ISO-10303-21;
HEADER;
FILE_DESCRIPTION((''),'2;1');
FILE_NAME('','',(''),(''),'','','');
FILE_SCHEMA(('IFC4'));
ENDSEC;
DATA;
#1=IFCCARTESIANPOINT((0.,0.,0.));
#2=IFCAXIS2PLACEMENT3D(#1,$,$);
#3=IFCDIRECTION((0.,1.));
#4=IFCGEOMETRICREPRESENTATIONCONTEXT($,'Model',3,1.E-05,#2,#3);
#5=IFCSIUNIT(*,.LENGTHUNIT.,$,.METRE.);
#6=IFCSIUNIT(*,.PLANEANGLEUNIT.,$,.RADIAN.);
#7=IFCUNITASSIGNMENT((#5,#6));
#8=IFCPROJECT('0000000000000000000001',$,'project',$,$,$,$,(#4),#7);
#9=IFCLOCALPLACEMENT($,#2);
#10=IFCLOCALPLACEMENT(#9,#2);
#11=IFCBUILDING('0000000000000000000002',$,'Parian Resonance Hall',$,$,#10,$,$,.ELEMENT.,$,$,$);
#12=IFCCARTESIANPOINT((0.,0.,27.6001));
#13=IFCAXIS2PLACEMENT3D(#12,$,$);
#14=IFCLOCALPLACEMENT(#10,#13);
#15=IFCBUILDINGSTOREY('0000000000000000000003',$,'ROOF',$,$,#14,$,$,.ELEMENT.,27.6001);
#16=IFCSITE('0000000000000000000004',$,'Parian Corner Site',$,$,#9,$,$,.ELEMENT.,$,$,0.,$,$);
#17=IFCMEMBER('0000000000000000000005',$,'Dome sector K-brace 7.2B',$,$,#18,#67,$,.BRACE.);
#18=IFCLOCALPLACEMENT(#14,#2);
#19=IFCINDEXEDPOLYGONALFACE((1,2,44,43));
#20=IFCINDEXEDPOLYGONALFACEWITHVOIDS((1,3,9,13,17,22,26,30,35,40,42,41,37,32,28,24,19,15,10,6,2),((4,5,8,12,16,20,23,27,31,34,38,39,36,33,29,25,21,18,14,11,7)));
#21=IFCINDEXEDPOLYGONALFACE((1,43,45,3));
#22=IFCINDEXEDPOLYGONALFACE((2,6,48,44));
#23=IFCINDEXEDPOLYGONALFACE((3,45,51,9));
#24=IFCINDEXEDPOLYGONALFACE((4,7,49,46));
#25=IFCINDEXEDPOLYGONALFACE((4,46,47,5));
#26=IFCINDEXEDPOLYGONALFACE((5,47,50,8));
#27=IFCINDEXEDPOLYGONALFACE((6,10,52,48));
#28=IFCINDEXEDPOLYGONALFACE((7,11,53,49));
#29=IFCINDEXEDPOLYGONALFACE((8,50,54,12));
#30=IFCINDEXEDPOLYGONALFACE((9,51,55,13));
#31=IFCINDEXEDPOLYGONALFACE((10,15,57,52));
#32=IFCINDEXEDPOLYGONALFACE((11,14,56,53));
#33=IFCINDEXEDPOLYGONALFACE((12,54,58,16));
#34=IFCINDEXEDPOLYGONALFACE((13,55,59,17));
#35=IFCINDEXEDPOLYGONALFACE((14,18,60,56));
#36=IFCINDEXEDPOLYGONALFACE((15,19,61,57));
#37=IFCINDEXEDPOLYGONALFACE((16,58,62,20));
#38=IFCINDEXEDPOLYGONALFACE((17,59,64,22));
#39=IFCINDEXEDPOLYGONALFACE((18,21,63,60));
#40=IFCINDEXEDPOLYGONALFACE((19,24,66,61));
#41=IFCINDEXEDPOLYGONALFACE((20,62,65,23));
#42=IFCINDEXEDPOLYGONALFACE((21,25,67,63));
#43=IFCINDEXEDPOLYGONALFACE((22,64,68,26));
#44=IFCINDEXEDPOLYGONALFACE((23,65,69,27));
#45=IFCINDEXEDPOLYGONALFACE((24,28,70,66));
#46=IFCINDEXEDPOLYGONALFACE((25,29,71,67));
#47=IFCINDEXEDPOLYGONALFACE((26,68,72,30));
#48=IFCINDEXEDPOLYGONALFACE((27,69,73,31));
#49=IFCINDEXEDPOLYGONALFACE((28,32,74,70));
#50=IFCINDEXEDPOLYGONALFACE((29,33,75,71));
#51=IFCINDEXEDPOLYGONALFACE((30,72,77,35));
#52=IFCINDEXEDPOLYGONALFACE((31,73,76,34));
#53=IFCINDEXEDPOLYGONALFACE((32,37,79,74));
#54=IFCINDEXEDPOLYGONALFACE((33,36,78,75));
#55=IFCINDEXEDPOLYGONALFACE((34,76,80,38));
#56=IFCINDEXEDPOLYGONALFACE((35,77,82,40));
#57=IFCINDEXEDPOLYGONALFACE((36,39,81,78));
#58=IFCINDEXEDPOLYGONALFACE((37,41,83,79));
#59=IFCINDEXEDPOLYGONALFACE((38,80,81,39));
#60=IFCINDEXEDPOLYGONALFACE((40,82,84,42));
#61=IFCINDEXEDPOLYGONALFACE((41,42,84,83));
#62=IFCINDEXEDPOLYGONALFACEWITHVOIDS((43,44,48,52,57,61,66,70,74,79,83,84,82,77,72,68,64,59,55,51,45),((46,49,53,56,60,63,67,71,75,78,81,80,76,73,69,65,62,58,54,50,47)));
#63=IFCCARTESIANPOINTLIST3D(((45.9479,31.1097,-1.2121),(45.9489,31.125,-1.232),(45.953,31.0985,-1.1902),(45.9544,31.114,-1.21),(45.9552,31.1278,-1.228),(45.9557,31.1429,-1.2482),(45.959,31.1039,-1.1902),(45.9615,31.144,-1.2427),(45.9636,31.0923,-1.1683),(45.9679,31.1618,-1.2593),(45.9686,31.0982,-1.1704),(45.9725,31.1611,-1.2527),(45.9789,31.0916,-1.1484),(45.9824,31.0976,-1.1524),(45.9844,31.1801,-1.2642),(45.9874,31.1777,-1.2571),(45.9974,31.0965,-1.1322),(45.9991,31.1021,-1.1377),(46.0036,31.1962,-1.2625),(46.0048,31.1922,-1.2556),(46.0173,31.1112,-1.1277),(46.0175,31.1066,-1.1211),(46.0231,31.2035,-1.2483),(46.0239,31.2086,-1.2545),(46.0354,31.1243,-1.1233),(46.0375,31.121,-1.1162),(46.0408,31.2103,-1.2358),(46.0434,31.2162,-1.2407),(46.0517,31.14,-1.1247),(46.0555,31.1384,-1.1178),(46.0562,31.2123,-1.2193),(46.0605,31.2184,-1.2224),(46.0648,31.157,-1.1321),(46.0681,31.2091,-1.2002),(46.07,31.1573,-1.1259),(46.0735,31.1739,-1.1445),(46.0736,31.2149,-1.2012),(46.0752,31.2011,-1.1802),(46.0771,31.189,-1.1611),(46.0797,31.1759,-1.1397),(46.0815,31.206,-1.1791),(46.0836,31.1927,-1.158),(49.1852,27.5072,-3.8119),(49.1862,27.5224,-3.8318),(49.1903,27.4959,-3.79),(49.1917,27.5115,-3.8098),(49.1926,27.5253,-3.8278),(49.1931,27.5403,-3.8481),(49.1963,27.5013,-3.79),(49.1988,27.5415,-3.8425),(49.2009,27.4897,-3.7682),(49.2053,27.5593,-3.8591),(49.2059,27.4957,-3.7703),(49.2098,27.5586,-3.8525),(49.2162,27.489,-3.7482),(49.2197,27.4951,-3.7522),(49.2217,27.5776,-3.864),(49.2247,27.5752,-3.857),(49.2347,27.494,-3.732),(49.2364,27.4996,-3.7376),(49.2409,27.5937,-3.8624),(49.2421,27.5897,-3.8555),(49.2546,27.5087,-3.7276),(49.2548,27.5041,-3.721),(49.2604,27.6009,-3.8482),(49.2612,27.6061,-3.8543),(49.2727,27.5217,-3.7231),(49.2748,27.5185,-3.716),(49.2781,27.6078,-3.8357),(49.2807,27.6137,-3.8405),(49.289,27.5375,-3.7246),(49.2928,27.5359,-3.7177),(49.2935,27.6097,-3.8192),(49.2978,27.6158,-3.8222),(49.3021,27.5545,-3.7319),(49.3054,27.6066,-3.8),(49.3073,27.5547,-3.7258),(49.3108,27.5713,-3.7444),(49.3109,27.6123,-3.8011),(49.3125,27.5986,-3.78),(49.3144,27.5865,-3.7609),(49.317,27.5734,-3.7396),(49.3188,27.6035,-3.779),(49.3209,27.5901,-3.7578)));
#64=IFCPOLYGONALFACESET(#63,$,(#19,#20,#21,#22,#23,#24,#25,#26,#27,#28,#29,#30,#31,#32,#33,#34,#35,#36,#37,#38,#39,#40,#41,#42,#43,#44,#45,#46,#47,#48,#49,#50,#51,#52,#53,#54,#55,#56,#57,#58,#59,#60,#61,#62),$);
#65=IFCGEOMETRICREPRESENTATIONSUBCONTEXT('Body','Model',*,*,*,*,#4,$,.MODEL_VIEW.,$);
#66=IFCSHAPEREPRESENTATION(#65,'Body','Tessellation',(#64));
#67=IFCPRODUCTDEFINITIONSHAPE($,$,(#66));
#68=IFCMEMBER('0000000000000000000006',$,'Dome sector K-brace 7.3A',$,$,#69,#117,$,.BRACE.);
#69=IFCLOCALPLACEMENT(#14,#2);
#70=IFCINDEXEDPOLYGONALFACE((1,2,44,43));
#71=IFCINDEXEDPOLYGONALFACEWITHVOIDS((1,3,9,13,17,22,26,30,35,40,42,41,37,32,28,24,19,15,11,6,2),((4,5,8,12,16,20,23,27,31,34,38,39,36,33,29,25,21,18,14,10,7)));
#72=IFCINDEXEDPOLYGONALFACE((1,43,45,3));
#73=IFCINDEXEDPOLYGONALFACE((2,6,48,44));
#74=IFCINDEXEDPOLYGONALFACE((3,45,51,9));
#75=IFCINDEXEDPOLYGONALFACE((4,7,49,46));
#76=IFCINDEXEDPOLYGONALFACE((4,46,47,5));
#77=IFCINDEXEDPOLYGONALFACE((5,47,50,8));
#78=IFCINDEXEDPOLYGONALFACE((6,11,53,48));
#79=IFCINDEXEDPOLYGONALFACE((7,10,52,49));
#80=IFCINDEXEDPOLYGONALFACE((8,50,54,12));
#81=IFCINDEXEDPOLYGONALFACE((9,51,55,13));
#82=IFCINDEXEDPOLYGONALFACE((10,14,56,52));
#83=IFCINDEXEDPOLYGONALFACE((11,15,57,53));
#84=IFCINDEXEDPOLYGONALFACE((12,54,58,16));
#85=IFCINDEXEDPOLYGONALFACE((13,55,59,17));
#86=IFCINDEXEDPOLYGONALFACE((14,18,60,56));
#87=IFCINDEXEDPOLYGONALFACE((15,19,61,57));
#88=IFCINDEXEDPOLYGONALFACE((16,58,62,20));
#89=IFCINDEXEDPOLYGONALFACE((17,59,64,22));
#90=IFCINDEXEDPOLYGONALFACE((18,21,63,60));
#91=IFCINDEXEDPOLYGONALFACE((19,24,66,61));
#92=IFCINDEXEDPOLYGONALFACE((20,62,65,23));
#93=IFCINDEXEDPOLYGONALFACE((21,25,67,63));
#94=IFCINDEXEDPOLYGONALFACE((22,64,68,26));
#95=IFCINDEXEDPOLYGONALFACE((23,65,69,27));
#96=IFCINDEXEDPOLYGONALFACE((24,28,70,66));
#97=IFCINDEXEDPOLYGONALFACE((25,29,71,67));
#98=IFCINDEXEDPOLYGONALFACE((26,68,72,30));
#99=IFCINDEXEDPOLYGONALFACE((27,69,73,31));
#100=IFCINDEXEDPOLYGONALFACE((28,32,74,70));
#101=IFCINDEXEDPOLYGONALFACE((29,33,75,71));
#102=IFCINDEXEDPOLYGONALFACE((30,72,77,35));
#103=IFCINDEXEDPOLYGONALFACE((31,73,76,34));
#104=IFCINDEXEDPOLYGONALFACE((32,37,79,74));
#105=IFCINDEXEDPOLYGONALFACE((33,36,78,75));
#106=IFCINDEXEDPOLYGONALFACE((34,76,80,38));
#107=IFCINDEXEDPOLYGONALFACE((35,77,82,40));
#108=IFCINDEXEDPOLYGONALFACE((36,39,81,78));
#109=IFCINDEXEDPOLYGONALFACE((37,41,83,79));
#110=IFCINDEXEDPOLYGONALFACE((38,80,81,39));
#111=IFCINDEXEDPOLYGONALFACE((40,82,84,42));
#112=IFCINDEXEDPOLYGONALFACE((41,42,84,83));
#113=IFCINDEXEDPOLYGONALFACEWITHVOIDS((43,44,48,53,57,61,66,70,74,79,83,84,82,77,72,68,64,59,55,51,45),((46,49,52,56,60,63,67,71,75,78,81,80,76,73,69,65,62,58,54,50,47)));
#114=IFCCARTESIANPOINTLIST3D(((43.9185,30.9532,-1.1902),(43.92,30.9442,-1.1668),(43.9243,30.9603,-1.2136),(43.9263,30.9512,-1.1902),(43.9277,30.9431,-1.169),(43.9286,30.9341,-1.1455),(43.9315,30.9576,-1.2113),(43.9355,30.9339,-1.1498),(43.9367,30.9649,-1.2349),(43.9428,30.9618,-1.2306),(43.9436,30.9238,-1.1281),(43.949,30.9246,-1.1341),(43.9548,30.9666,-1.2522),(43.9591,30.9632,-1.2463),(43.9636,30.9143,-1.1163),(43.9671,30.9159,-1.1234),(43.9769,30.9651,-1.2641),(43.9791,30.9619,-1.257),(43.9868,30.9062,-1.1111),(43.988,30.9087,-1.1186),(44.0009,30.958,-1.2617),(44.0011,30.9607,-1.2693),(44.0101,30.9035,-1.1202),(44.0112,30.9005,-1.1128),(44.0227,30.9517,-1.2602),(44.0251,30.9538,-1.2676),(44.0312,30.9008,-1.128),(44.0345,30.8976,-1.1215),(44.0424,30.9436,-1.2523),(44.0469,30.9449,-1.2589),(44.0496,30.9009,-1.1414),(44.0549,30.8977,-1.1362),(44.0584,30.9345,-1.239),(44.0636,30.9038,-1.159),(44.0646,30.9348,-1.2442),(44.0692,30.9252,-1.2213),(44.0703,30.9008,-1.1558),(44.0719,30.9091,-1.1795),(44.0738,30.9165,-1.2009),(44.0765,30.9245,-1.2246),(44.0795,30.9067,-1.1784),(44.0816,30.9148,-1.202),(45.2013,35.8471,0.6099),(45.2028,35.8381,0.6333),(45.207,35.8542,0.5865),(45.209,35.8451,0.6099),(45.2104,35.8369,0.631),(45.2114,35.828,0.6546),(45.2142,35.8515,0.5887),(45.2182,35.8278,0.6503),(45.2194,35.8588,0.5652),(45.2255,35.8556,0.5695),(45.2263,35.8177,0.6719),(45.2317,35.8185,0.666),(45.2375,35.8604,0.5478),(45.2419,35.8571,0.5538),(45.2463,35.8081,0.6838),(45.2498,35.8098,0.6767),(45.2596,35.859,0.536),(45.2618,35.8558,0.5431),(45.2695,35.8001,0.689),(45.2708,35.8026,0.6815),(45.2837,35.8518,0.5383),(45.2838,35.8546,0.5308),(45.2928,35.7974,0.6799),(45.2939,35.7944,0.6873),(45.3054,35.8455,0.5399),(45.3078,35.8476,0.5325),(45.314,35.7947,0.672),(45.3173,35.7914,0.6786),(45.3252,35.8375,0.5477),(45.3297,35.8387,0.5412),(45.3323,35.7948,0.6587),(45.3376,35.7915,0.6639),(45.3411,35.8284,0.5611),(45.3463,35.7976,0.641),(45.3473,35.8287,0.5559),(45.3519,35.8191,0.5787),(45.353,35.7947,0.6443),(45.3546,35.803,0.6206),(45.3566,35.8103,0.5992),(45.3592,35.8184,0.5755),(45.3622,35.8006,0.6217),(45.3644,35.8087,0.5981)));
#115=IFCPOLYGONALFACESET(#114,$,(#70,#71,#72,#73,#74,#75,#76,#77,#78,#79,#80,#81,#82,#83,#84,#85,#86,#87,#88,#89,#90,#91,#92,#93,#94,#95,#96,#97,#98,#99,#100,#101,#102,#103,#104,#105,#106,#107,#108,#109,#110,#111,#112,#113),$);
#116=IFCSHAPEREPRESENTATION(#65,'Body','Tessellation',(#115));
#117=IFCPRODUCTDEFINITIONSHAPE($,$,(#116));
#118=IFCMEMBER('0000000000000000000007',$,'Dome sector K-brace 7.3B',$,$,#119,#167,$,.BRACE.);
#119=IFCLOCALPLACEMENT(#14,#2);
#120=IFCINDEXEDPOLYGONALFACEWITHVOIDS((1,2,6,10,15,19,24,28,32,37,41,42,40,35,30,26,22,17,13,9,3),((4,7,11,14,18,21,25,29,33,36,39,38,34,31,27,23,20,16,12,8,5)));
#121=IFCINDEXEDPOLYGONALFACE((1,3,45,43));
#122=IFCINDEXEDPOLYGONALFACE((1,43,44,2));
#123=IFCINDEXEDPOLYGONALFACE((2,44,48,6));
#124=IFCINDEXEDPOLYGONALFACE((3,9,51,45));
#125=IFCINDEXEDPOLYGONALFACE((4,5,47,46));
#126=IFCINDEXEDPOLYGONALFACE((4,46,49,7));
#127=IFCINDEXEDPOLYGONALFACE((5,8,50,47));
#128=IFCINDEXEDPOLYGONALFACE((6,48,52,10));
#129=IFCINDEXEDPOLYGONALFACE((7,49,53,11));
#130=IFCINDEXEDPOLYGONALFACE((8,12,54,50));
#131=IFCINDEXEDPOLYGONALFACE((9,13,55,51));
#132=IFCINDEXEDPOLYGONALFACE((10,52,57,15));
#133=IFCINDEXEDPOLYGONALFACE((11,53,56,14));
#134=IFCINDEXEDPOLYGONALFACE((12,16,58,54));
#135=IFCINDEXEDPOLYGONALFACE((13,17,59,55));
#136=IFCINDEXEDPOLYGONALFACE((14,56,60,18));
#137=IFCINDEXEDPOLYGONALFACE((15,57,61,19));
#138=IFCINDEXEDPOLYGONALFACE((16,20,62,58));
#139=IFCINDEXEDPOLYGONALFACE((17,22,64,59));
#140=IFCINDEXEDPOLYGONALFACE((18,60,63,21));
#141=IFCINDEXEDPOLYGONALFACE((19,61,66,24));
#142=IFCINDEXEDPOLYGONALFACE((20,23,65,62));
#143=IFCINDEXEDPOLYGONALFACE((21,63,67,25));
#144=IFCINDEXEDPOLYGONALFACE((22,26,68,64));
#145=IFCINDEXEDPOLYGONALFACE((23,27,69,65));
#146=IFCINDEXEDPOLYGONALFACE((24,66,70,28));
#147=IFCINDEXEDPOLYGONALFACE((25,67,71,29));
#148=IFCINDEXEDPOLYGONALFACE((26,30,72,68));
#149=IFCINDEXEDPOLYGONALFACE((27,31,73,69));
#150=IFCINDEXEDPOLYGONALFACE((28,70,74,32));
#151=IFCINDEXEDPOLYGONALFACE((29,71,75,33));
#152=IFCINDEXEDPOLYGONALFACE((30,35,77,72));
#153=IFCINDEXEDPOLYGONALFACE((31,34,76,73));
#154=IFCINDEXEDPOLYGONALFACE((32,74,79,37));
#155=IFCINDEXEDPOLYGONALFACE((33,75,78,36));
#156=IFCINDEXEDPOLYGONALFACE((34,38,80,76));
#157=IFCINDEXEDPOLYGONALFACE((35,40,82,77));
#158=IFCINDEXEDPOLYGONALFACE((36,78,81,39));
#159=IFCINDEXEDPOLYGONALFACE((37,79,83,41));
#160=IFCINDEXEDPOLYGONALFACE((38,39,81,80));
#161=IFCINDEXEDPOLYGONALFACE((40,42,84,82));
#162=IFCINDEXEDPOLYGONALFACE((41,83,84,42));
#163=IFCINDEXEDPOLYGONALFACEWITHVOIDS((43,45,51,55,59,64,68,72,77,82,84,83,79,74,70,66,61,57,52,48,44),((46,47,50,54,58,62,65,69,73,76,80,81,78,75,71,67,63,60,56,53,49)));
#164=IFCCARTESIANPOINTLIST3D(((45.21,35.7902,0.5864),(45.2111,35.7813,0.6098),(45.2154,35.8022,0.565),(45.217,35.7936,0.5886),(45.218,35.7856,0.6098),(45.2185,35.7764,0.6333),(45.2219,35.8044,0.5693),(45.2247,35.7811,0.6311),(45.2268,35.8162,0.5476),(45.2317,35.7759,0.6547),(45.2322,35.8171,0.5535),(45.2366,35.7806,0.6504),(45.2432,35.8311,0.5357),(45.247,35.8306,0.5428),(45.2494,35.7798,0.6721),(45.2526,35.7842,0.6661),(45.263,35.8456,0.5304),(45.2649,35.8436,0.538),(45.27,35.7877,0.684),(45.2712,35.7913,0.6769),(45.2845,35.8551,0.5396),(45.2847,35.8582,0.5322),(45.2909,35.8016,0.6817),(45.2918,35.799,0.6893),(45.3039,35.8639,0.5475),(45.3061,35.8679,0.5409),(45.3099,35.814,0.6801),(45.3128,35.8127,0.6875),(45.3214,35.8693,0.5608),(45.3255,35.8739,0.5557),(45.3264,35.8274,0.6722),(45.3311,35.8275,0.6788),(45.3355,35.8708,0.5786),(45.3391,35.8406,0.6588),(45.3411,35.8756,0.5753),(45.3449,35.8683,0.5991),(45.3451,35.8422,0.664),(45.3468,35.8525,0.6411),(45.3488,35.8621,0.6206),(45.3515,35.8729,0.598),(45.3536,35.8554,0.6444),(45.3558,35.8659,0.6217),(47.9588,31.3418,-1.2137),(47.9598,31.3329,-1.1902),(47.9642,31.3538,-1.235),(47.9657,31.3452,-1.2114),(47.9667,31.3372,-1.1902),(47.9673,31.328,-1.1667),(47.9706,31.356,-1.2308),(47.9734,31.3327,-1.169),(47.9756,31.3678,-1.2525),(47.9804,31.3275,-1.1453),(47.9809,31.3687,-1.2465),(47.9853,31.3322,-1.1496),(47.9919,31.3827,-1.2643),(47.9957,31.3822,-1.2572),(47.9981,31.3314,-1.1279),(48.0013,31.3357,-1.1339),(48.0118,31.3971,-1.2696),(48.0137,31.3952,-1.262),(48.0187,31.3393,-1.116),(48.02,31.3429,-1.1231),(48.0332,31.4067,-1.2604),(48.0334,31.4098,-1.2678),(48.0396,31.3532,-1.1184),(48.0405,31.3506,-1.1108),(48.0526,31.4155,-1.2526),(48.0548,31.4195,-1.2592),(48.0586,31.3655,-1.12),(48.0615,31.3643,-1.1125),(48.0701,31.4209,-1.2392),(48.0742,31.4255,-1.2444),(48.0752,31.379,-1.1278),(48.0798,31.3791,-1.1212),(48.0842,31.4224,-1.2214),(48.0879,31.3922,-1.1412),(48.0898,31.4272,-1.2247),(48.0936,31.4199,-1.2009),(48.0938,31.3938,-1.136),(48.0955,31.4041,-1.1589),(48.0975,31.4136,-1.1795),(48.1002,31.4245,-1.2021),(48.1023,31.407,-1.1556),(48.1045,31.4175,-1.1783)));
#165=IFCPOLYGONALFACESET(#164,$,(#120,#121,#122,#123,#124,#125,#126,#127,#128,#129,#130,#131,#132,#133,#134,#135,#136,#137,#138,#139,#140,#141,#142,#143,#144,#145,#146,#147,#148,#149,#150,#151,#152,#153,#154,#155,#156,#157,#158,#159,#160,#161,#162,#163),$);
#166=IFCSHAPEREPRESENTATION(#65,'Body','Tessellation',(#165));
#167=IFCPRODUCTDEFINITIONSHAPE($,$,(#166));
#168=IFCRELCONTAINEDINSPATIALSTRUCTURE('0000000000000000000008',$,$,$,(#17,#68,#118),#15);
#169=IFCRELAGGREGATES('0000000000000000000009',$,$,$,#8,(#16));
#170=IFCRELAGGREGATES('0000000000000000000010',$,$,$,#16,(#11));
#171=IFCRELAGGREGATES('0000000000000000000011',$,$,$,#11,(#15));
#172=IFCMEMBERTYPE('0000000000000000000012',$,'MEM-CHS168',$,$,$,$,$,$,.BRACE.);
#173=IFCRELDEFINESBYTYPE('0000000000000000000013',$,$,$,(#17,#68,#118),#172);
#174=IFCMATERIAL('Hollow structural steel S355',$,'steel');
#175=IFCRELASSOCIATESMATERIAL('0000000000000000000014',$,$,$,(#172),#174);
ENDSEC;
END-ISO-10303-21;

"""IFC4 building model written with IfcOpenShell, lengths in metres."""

from ifc_helpers import new_model, si_unit, direction, frame, origin, origin_2d, place, context, subcontext, project, spatial, hollow_circle, extrude, material, material_profile, profile_set, type_object, element, save


model = new_model("IFC4")

# Units and contexts
model_context = context("Model", 3, precision=1e-05, world=origin(), true_north=direction((0.0, 1.0)))
body_context = subcontext(model_context, "Body", "Model", "MODEL_VIEW")
ifc_project = project(units=[si_unit("LENGTHUNIT", "METRE"), si_unit("PLANEANGLEUNIT", "RADIAN")], contexts=[model_context])

# Site, building, storey
site_placement = place(None, origin())
site = spatial("IfcSite", under=ifc_project, at=site_placement, Name="Parian Corner Site", CompositionType="ELEMENT", RefElevation=0.0)
building_placement = place(site_placement, origin())
building = spatial("IfcBuilding", under=site, at=building_placement, Name="Parian Resonance Hall", CompositionType="ELEMENT")
storey_placement = place(building_placement, frame((0.0, 0.0, 27.6001)))
storey = spatial("IfcBuildingStorey", under=building, at=storey_placement, Name="ROOF", CompositionType="ELEMENT", Elevation=27.6001)

# Members
ifc_material_1 = material(Name="Hollow structural steel S355", Category="steel")
ifc_material_profile_1 = material_profile(ifc_material_1, hollow_circle(Radius=0.0842, WallThickness=0.0081, at=origin_2d()), Name="CHS168.3x8")
ifc_profile_set_1 = profile_set([ifc_material_profile_1], Name="Hollow structural steel S355")
member_type_1 = type_object("IfcMemberType", Name="MEM-CHS168", PredefinedType="BRACE", material=ifc_profile_set_1)
member_1_placement = place(storey_placement, frame((49.2529, 27.5522, -3.79), z_axis=(-0.588916, 0.655357, 0.472953), x_axis=(-0.743805, -0.668396, 0.0)))
element("IfcMember", 1, at=member_1_placement, inside=storey, type_object=member_type_1, Name="Dome sector K-brace 7.2B", PredefinedType="BRACE", context=body_context, shape_type="SweptSolid", body=[
    extrude(hollow_circle(Radius=0.0842, WallThickness=0.0081, at=origin_2d()), origin(), (0.0, 0.0, 1.0), 5.4971),
])
member_2_placement = place(storey_placement, frame((44.0, 30.9319, -1.1902), z_axis=(0.238876, 0.911355, 0.335217), x_axis=(-0.967323, 0.253545, 0.0)))
element("IfcMember", 2, at=member_2_placement, inside=storey, type_object=member_type_1, Name="Dome sector K-brace 7.3A", PredefinedType="BRACE", context=body_context, shape_type="SweptSolid", body=[
    extrude(hollow_circle(Radius=0.0842, WallThickness=0.0081, at=origin_2d()), origin(), (0.0, 0.0, 1.0), 5.3699),
])
member_3_placement = place(storey_placement, frame((48.0315, 31.3772, -1.1902), z_axis=(-0.497034, 0.804374, 0.325484), x_axis=(-0.850697, -0.525657, 0.0)))
element("IfcMember", 3, at=member_3_placement, inside=storey, type_object=member_type_1, Name="Dome sector K-brace 7.3B", PredefinedType="BRACE", context=body_context, shape_type="SweptSolid", body=[
    extrude(hollow_circle(Radius=0.0842, WallThickness=0.0081, at=origin_2d()), origin(), (0.0, 0.0, 1.0), 5.5303),
])

save(model, "model.ifc")
